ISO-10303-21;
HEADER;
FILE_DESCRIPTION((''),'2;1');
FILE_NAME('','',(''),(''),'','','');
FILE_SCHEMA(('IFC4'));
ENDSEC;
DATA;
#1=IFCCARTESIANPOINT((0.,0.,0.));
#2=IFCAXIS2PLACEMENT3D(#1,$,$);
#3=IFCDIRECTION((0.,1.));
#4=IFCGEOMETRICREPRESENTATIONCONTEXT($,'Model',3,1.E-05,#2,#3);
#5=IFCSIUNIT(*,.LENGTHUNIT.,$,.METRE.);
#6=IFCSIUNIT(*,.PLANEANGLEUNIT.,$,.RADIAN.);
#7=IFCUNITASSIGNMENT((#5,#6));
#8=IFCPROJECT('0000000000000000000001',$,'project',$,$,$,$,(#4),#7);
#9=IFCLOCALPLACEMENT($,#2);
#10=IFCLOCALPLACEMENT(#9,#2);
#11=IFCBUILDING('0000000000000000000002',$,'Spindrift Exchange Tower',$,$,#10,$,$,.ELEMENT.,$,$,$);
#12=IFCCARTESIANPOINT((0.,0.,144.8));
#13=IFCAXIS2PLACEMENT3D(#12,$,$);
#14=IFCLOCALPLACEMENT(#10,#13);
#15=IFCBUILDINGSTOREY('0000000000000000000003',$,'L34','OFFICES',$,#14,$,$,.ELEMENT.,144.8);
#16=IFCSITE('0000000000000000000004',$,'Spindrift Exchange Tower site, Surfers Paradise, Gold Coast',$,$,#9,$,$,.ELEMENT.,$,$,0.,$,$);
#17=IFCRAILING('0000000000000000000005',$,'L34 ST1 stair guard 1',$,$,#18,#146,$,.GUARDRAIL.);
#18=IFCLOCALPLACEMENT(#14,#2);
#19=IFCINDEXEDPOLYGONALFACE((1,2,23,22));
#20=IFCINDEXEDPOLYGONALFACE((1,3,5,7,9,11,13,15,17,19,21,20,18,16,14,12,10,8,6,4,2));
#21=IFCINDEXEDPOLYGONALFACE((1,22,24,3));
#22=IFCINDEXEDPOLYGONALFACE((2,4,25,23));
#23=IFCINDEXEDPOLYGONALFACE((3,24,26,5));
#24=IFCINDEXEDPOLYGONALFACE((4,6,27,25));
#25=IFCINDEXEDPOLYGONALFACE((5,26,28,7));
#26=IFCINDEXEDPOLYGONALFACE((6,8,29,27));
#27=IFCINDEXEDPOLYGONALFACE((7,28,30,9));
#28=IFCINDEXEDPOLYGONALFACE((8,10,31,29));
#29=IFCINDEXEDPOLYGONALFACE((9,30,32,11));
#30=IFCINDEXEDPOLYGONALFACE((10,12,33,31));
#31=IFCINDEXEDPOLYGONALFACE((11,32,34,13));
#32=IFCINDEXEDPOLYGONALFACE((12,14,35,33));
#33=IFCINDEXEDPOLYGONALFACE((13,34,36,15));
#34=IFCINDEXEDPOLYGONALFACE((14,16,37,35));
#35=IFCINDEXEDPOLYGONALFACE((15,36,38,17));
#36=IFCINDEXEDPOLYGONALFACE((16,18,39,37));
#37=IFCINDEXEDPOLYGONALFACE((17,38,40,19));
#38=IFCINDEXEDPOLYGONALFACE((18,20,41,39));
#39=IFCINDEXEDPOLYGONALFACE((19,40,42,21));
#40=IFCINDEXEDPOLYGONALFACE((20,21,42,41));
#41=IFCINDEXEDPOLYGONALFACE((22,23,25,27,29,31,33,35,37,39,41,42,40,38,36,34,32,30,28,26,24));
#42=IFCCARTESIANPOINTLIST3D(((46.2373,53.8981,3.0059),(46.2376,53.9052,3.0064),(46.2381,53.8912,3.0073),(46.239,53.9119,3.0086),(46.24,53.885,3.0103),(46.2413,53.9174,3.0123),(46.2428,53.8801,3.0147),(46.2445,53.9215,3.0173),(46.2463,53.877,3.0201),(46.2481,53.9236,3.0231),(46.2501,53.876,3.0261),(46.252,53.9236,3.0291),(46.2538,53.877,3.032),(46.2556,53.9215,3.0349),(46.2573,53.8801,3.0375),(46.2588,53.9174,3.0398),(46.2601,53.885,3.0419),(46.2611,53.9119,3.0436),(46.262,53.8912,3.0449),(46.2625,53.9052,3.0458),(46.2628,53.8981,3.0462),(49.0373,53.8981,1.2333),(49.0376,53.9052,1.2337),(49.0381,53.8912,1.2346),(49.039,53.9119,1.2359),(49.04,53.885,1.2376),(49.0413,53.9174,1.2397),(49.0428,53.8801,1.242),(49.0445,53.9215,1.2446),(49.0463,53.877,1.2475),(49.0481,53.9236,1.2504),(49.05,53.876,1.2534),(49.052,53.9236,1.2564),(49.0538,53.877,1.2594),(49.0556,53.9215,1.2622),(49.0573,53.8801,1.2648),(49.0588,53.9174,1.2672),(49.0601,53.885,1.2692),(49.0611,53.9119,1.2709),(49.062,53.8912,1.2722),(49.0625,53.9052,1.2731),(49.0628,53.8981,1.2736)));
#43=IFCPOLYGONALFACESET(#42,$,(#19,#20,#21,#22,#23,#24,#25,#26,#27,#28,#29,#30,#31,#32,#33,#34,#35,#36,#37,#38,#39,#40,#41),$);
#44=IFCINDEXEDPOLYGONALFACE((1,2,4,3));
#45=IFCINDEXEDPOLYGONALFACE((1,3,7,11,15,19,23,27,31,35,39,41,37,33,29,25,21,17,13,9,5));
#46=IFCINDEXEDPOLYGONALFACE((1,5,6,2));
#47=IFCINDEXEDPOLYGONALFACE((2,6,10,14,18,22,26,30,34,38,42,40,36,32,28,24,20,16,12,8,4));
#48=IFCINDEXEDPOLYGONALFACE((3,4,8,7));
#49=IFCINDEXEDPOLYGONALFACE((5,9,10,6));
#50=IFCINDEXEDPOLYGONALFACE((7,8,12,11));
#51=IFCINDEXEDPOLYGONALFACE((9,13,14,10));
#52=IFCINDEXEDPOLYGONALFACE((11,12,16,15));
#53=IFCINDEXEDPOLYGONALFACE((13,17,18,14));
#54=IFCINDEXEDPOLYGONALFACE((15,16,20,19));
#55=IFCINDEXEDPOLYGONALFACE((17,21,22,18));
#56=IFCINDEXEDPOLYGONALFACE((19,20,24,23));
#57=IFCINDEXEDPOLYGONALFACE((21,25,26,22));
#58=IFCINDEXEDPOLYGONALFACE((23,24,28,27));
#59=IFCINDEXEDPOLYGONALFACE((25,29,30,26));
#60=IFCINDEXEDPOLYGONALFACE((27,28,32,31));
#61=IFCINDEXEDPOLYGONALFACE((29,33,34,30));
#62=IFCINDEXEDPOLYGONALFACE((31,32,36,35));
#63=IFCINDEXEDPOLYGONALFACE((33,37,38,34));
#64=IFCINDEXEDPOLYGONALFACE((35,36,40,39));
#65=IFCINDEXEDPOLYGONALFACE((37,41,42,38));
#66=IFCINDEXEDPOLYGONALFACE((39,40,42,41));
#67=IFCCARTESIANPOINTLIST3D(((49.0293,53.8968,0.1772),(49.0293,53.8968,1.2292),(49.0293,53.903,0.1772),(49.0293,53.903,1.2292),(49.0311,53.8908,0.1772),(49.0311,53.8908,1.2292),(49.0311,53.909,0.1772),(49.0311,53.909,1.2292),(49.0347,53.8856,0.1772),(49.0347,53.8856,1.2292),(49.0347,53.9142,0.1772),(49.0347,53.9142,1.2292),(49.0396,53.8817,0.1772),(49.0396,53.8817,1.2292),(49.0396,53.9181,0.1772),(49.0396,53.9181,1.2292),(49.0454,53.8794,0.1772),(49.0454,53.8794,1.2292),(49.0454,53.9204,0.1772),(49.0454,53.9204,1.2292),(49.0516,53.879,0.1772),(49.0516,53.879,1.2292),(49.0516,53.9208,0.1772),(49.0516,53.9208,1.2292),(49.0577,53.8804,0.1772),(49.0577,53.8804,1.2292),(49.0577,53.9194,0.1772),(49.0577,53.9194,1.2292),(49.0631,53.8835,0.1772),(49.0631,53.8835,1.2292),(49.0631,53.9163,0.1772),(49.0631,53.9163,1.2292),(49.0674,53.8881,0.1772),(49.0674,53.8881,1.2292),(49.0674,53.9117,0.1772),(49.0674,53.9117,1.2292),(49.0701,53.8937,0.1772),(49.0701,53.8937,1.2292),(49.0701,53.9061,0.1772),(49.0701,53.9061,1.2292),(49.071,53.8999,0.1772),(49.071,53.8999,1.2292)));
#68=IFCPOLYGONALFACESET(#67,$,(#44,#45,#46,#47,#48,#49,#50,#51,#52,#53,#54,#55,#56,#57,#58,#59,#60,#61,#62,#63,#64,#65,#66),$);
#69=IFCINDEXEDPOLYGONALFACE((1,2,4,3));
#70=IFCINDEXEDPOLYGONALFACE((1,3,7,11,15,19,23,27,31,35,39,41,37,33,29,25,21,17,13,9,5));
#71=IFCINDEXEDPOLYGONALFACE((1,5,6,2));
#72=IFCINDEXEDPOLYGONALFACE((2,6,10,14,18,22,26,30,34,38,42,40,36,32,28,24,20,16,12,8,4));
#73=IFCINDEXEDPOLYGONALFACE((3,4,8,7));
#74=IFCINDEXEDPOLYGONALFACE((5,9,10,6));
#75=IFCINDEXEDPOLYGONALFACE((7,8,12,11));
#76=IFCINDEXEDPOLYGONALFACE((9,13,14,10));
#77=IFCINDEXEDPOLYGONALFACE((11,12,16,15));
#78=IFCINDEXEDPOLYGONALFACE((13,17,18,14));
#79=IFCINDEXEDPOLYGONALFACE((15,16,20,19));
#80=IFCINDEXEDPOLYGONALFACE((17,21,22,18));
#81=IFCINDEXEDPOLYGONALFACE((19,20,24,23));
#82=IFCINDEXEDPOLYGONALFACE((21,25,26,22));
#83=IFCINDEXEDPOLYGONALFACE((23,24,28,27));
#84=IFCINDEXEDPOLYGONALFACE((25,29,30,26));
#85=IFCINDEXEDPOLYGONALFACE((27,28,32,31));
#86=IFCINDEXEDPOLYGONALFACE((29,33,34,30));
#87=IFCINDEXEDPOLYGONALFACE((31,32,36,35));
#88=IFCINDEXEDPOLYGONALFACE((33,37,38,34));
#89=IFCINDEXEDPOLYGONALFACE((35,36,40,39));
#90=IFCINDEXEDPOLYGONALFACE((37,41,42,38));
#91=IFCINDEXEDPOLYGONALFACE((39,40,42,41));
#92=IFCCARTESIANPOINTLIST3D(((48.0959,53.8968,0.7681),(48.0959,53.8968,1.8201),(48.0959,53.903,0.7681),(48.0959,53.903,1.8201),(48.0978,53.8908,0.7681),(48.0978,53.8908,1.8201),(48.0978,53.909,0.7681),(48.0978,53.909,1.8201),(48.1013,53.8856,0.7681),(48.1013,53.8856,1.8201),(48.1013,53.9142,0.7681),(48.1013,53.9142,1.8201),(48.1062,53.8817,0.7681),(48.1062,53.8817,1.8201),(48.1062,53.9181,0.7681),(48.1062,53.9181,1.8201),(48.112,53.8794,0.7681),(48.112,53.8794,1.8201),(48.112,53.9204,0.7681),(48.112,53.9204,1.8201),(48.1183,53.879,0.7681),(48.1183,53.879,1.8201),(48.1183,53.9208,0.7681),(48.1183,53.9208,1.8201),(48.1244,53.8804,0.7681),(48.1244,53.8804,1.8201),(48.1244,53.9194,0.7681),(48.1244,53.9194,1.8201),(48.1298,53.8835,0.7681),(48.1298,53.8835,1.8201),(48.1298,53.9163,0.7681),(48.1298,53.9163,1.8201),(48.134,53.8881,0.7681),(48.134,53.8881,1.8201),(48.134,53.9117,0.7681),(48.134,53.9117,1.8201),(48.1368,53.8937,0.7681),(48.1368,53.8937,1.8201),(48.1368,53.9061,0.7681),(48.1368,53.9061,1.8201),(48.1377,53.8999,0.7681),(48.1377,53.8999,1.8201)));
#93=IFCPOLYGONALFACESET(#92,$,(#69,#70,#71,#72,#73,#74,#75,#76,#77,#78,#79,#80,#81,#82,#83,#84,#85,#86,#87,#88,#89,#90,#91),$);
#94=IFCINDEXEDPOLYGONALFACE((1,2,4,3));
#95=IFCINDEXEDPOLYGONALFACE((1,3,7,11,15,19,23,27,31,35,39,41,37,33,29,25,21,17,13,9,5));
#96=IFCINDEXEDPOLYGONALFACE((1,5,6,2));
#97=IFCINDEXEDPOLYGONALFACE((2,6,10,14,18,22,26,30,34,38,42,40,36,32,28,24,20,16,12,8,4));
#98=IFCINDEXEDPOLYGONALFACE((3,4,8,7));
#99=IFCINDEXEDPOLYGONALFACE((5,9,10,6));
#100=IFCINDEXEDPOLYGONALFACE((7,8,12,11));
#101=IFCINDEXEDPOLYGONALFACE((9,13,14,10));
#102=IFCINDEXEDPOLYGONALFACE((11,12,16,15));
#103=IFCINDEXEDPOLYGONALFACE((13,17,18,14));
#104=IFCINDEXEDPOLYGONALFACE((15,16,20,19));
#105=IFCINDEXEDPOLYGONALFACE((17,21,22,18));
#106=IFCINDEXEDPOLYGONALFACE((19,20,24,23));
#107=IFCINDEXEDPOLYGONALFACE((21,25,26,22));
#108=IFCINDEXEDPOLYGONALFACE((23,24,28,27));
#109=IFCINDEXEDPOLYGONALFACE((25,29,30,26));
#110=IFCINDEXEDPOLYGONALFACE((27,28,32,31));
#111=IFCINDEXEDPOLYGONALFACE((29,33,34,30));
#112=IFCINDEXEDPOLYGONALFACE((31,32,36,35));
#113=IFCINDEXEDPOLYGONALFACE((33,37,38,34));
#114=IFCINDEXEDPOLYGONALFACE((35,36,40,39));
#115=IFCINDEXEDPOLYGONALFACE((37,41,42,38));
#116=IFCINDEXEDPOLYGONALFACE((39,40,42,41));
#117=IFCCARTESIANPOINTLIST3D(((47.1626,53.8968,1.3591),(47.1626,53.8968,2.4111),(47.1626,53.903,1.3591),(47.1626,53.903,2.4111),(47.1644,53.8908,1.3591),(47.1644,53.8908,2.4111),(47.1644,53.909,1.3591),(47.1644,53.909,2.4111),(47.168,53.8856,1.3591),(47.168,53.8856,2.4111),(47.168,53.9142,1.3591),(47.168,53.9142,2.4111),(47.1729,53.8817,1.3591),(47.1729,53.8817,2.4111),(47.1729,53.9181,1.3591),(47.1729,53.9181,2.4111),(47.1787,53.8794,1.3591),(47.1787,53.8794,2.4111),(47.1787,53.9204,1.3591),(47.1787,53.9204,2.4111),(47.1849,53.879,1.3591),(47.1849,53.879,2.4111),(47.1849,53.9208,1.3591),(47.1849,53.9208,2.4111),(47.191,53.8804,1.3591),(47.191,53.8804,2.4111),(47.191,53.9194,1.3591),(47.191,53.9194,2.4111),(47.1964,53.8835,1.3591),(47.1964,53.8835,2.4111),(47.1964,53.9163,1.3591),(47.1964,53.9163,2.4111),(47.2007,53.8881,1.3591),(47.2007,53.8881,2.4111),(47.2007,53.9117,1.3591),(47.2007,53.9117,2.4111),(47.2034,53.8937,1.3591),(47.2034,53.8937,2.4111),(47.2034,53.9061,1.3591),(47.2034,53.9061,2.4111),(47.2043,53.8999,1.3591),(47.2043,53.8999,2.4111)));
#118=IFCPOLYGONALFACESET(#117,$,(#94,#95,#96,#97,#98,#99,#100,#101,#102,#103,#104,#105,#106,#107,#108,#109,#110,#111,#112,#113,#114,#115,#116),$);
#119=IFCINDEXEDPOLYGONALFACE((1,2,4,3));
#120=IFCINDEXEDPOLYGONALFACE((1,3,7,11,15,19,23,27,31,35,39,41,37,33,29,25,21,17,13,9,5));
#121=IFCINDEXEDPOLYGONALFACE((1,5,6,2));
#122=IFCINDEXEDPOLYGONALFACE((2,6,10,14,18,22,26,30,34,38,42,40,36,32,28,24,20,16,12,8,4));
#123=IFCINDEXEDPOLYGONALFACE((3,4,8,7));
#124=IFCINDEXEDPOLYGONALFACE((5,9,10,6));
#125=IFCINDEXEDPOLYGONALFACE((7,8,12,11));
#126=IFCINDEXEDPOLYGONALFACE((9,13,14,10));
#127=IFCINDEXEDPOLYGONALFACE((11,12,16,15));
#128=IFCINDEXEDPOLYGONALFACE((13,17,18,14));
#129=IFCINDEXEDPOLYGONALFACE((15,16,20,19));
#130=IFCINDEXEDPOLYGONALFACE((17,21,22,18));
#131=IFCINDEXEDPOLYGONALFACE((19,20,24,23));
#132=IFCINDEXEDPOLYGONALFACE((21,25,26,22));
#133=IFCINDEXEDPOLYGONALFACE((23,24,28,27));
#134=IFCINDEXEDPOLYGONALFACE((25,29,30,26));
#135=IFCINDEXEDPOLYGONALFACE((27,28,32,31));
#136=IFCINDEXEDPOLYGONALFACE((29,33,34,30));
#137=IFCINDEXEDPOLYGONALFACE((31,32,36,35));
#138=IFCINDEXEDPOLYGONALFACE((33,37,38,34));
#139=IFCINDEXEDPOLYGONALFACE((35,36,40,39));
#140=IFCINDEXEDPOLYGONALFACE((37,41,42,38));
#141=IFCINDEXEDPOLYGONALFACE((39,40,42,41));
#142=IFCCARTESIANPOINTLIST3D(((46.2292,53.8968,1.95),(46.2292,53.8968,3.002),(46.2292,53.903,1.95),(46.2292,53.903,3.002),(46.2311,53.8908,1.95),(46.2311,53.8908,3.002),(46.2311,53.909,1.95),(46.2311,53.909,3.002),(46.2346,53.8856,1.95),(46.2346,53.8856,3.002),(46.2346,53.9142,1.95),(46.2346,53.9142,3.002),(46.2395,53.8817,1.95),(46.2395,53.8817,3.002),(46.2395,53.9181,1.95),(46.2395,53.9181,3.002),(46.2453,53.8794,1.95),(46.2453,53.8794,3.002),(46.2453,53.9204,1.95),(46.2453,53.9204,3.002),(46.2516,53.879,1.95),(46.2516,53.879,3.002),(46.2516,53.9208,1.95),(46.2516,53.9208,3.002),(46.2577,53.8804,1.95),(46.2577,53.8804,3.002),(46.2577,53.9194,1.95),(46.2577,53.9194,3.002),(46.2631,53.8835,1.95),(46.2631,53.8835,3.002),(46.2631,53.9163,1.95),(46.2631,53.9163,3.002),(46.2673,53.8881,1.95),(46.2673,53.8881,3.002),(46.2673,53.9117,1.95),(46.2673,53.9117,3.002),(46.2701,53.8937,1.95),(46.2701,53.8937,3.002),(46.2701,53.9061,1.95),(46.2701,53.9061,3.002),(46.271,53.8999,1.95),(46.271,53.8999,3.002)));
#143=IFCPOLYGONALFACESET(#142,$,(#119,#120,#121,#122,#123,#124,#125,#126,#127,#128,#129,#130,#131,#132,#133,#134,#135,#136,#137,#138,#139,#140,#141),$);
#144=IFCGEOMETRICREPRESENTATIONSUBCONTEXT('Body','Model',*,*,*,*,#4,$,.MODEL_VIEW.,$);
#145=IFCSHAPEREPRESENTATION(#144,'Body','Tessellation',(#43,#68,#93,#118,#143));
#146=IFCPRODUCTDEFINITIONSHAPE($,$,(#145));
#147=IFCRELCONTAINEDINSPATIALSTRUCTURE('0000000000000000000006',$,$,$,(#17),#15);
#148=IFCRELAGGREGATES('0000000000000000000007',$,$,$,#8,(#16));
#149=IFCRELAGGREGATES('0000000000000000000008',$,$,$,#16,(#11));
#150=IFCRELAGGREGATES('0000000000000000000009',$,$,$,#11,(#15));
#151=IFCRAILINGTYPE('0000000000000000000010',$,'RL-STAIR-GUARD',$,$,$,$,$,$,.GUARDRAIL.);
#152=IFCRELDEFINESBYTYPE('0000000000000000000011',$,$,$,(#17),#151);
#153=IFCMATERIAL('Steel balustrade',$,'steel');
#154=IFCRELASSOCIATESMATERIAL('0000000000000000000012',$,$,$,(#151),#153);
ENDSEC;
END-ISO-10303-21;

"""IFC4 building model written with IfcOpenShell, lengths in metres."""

from ifc_helpers import new_model, si_unit, direction, frame, origin, origin_2d, place, context, subcontext, project, spatial, circle, extrude, material, type_object, element, save


model = new_model("IFC4")

# Units and contexts
model_context = context("Model", 3, precision=1e-05, world=origin(), true_north=direction((0.0, 1.0)))
body_context = subcontext(model_context, "Body", "Model", "MODEL_VIEW")
ifc_project = project(units=[si_unit("LENGTHUNIT", "METRE"), si_unit("PLANEANGLEUNIT", "RADIAN")], contexts=[model_context])

# Site, building, storey
site_placement = place(None, origin())
site = spatial("IfcSite", under=ifc_project, at=site_placement, Name="Spindrift Exchange Tower site, Surfers Paradise, Gold Coast", CompositionType="ELEMENT", RefElevation=0.0)
building_placement = place(site_placement, origin())
building = spatial("IfcBuilding", under=site, at=building_placement, Name="Spindrift Exchange Tower", CompositionType="ELEMENT")
storey_placement = place(building_placement, frame((0.0, 0.0, 144.8)))
storey = spatial("IfcBuildingStorey", under=building, at=storey_placement, Name="L34", Description="OFFICES", CompositionType="ELEMENT", Elevation=144.8)

# Railing
ifc_material_1 = material(Name="Steel balustrade", Category="steel")
railing_type_1 = type_object("IfcRailingType", Name="RL-STAIR-GUARD", PredefinedType="GUARDRAIL", material=ifc_material_1)
railing_1_placement = place(storey_placement, frame((49.05, 53.8999, 0.1772)))
element("IfcRailing", 1, at=railing_1_placement, inside=storey, type_object=railing_type_1, Name="L34 ST1 stair guard 1", PredefinedType="GUARDRAIL", context=body_context, shape_type="SweptSolid", body=[
    extrude(circle(Radius=0.0239, at=origin_2d()), frame((0.0, 0.0, 1.0762), z_axis=(-0.844909, 0.0, 0.53491), x_axis=(0.0, -1.0, 0.0)), (0.0, 0.0, 1.0), 3.314),
    extrude(circle(Radius=0.021, at=origin_2d()), origin(), (0.0, 0.0, 1.0), 1.052),
    extrude(circle(Radius=0.021, at=origin_2d()), frame((-0.9333, 0.0, 0.5908)), (0.0, 0.0, 1.0), 1.052),
    extrude(circle(Radius=0.021, at=origin_2d()), frame((-1.8667, 0.0, 1.1819)), (0.0, 0.0, 1.0), 1.052),
    extrude(circle(Radius=0.021, at=origin_2d()), frame((-2.8, 0.0, 1.7727)), (0.0, 0.0, 1.0), 1.052),
])

save(model, "model.ifc")
